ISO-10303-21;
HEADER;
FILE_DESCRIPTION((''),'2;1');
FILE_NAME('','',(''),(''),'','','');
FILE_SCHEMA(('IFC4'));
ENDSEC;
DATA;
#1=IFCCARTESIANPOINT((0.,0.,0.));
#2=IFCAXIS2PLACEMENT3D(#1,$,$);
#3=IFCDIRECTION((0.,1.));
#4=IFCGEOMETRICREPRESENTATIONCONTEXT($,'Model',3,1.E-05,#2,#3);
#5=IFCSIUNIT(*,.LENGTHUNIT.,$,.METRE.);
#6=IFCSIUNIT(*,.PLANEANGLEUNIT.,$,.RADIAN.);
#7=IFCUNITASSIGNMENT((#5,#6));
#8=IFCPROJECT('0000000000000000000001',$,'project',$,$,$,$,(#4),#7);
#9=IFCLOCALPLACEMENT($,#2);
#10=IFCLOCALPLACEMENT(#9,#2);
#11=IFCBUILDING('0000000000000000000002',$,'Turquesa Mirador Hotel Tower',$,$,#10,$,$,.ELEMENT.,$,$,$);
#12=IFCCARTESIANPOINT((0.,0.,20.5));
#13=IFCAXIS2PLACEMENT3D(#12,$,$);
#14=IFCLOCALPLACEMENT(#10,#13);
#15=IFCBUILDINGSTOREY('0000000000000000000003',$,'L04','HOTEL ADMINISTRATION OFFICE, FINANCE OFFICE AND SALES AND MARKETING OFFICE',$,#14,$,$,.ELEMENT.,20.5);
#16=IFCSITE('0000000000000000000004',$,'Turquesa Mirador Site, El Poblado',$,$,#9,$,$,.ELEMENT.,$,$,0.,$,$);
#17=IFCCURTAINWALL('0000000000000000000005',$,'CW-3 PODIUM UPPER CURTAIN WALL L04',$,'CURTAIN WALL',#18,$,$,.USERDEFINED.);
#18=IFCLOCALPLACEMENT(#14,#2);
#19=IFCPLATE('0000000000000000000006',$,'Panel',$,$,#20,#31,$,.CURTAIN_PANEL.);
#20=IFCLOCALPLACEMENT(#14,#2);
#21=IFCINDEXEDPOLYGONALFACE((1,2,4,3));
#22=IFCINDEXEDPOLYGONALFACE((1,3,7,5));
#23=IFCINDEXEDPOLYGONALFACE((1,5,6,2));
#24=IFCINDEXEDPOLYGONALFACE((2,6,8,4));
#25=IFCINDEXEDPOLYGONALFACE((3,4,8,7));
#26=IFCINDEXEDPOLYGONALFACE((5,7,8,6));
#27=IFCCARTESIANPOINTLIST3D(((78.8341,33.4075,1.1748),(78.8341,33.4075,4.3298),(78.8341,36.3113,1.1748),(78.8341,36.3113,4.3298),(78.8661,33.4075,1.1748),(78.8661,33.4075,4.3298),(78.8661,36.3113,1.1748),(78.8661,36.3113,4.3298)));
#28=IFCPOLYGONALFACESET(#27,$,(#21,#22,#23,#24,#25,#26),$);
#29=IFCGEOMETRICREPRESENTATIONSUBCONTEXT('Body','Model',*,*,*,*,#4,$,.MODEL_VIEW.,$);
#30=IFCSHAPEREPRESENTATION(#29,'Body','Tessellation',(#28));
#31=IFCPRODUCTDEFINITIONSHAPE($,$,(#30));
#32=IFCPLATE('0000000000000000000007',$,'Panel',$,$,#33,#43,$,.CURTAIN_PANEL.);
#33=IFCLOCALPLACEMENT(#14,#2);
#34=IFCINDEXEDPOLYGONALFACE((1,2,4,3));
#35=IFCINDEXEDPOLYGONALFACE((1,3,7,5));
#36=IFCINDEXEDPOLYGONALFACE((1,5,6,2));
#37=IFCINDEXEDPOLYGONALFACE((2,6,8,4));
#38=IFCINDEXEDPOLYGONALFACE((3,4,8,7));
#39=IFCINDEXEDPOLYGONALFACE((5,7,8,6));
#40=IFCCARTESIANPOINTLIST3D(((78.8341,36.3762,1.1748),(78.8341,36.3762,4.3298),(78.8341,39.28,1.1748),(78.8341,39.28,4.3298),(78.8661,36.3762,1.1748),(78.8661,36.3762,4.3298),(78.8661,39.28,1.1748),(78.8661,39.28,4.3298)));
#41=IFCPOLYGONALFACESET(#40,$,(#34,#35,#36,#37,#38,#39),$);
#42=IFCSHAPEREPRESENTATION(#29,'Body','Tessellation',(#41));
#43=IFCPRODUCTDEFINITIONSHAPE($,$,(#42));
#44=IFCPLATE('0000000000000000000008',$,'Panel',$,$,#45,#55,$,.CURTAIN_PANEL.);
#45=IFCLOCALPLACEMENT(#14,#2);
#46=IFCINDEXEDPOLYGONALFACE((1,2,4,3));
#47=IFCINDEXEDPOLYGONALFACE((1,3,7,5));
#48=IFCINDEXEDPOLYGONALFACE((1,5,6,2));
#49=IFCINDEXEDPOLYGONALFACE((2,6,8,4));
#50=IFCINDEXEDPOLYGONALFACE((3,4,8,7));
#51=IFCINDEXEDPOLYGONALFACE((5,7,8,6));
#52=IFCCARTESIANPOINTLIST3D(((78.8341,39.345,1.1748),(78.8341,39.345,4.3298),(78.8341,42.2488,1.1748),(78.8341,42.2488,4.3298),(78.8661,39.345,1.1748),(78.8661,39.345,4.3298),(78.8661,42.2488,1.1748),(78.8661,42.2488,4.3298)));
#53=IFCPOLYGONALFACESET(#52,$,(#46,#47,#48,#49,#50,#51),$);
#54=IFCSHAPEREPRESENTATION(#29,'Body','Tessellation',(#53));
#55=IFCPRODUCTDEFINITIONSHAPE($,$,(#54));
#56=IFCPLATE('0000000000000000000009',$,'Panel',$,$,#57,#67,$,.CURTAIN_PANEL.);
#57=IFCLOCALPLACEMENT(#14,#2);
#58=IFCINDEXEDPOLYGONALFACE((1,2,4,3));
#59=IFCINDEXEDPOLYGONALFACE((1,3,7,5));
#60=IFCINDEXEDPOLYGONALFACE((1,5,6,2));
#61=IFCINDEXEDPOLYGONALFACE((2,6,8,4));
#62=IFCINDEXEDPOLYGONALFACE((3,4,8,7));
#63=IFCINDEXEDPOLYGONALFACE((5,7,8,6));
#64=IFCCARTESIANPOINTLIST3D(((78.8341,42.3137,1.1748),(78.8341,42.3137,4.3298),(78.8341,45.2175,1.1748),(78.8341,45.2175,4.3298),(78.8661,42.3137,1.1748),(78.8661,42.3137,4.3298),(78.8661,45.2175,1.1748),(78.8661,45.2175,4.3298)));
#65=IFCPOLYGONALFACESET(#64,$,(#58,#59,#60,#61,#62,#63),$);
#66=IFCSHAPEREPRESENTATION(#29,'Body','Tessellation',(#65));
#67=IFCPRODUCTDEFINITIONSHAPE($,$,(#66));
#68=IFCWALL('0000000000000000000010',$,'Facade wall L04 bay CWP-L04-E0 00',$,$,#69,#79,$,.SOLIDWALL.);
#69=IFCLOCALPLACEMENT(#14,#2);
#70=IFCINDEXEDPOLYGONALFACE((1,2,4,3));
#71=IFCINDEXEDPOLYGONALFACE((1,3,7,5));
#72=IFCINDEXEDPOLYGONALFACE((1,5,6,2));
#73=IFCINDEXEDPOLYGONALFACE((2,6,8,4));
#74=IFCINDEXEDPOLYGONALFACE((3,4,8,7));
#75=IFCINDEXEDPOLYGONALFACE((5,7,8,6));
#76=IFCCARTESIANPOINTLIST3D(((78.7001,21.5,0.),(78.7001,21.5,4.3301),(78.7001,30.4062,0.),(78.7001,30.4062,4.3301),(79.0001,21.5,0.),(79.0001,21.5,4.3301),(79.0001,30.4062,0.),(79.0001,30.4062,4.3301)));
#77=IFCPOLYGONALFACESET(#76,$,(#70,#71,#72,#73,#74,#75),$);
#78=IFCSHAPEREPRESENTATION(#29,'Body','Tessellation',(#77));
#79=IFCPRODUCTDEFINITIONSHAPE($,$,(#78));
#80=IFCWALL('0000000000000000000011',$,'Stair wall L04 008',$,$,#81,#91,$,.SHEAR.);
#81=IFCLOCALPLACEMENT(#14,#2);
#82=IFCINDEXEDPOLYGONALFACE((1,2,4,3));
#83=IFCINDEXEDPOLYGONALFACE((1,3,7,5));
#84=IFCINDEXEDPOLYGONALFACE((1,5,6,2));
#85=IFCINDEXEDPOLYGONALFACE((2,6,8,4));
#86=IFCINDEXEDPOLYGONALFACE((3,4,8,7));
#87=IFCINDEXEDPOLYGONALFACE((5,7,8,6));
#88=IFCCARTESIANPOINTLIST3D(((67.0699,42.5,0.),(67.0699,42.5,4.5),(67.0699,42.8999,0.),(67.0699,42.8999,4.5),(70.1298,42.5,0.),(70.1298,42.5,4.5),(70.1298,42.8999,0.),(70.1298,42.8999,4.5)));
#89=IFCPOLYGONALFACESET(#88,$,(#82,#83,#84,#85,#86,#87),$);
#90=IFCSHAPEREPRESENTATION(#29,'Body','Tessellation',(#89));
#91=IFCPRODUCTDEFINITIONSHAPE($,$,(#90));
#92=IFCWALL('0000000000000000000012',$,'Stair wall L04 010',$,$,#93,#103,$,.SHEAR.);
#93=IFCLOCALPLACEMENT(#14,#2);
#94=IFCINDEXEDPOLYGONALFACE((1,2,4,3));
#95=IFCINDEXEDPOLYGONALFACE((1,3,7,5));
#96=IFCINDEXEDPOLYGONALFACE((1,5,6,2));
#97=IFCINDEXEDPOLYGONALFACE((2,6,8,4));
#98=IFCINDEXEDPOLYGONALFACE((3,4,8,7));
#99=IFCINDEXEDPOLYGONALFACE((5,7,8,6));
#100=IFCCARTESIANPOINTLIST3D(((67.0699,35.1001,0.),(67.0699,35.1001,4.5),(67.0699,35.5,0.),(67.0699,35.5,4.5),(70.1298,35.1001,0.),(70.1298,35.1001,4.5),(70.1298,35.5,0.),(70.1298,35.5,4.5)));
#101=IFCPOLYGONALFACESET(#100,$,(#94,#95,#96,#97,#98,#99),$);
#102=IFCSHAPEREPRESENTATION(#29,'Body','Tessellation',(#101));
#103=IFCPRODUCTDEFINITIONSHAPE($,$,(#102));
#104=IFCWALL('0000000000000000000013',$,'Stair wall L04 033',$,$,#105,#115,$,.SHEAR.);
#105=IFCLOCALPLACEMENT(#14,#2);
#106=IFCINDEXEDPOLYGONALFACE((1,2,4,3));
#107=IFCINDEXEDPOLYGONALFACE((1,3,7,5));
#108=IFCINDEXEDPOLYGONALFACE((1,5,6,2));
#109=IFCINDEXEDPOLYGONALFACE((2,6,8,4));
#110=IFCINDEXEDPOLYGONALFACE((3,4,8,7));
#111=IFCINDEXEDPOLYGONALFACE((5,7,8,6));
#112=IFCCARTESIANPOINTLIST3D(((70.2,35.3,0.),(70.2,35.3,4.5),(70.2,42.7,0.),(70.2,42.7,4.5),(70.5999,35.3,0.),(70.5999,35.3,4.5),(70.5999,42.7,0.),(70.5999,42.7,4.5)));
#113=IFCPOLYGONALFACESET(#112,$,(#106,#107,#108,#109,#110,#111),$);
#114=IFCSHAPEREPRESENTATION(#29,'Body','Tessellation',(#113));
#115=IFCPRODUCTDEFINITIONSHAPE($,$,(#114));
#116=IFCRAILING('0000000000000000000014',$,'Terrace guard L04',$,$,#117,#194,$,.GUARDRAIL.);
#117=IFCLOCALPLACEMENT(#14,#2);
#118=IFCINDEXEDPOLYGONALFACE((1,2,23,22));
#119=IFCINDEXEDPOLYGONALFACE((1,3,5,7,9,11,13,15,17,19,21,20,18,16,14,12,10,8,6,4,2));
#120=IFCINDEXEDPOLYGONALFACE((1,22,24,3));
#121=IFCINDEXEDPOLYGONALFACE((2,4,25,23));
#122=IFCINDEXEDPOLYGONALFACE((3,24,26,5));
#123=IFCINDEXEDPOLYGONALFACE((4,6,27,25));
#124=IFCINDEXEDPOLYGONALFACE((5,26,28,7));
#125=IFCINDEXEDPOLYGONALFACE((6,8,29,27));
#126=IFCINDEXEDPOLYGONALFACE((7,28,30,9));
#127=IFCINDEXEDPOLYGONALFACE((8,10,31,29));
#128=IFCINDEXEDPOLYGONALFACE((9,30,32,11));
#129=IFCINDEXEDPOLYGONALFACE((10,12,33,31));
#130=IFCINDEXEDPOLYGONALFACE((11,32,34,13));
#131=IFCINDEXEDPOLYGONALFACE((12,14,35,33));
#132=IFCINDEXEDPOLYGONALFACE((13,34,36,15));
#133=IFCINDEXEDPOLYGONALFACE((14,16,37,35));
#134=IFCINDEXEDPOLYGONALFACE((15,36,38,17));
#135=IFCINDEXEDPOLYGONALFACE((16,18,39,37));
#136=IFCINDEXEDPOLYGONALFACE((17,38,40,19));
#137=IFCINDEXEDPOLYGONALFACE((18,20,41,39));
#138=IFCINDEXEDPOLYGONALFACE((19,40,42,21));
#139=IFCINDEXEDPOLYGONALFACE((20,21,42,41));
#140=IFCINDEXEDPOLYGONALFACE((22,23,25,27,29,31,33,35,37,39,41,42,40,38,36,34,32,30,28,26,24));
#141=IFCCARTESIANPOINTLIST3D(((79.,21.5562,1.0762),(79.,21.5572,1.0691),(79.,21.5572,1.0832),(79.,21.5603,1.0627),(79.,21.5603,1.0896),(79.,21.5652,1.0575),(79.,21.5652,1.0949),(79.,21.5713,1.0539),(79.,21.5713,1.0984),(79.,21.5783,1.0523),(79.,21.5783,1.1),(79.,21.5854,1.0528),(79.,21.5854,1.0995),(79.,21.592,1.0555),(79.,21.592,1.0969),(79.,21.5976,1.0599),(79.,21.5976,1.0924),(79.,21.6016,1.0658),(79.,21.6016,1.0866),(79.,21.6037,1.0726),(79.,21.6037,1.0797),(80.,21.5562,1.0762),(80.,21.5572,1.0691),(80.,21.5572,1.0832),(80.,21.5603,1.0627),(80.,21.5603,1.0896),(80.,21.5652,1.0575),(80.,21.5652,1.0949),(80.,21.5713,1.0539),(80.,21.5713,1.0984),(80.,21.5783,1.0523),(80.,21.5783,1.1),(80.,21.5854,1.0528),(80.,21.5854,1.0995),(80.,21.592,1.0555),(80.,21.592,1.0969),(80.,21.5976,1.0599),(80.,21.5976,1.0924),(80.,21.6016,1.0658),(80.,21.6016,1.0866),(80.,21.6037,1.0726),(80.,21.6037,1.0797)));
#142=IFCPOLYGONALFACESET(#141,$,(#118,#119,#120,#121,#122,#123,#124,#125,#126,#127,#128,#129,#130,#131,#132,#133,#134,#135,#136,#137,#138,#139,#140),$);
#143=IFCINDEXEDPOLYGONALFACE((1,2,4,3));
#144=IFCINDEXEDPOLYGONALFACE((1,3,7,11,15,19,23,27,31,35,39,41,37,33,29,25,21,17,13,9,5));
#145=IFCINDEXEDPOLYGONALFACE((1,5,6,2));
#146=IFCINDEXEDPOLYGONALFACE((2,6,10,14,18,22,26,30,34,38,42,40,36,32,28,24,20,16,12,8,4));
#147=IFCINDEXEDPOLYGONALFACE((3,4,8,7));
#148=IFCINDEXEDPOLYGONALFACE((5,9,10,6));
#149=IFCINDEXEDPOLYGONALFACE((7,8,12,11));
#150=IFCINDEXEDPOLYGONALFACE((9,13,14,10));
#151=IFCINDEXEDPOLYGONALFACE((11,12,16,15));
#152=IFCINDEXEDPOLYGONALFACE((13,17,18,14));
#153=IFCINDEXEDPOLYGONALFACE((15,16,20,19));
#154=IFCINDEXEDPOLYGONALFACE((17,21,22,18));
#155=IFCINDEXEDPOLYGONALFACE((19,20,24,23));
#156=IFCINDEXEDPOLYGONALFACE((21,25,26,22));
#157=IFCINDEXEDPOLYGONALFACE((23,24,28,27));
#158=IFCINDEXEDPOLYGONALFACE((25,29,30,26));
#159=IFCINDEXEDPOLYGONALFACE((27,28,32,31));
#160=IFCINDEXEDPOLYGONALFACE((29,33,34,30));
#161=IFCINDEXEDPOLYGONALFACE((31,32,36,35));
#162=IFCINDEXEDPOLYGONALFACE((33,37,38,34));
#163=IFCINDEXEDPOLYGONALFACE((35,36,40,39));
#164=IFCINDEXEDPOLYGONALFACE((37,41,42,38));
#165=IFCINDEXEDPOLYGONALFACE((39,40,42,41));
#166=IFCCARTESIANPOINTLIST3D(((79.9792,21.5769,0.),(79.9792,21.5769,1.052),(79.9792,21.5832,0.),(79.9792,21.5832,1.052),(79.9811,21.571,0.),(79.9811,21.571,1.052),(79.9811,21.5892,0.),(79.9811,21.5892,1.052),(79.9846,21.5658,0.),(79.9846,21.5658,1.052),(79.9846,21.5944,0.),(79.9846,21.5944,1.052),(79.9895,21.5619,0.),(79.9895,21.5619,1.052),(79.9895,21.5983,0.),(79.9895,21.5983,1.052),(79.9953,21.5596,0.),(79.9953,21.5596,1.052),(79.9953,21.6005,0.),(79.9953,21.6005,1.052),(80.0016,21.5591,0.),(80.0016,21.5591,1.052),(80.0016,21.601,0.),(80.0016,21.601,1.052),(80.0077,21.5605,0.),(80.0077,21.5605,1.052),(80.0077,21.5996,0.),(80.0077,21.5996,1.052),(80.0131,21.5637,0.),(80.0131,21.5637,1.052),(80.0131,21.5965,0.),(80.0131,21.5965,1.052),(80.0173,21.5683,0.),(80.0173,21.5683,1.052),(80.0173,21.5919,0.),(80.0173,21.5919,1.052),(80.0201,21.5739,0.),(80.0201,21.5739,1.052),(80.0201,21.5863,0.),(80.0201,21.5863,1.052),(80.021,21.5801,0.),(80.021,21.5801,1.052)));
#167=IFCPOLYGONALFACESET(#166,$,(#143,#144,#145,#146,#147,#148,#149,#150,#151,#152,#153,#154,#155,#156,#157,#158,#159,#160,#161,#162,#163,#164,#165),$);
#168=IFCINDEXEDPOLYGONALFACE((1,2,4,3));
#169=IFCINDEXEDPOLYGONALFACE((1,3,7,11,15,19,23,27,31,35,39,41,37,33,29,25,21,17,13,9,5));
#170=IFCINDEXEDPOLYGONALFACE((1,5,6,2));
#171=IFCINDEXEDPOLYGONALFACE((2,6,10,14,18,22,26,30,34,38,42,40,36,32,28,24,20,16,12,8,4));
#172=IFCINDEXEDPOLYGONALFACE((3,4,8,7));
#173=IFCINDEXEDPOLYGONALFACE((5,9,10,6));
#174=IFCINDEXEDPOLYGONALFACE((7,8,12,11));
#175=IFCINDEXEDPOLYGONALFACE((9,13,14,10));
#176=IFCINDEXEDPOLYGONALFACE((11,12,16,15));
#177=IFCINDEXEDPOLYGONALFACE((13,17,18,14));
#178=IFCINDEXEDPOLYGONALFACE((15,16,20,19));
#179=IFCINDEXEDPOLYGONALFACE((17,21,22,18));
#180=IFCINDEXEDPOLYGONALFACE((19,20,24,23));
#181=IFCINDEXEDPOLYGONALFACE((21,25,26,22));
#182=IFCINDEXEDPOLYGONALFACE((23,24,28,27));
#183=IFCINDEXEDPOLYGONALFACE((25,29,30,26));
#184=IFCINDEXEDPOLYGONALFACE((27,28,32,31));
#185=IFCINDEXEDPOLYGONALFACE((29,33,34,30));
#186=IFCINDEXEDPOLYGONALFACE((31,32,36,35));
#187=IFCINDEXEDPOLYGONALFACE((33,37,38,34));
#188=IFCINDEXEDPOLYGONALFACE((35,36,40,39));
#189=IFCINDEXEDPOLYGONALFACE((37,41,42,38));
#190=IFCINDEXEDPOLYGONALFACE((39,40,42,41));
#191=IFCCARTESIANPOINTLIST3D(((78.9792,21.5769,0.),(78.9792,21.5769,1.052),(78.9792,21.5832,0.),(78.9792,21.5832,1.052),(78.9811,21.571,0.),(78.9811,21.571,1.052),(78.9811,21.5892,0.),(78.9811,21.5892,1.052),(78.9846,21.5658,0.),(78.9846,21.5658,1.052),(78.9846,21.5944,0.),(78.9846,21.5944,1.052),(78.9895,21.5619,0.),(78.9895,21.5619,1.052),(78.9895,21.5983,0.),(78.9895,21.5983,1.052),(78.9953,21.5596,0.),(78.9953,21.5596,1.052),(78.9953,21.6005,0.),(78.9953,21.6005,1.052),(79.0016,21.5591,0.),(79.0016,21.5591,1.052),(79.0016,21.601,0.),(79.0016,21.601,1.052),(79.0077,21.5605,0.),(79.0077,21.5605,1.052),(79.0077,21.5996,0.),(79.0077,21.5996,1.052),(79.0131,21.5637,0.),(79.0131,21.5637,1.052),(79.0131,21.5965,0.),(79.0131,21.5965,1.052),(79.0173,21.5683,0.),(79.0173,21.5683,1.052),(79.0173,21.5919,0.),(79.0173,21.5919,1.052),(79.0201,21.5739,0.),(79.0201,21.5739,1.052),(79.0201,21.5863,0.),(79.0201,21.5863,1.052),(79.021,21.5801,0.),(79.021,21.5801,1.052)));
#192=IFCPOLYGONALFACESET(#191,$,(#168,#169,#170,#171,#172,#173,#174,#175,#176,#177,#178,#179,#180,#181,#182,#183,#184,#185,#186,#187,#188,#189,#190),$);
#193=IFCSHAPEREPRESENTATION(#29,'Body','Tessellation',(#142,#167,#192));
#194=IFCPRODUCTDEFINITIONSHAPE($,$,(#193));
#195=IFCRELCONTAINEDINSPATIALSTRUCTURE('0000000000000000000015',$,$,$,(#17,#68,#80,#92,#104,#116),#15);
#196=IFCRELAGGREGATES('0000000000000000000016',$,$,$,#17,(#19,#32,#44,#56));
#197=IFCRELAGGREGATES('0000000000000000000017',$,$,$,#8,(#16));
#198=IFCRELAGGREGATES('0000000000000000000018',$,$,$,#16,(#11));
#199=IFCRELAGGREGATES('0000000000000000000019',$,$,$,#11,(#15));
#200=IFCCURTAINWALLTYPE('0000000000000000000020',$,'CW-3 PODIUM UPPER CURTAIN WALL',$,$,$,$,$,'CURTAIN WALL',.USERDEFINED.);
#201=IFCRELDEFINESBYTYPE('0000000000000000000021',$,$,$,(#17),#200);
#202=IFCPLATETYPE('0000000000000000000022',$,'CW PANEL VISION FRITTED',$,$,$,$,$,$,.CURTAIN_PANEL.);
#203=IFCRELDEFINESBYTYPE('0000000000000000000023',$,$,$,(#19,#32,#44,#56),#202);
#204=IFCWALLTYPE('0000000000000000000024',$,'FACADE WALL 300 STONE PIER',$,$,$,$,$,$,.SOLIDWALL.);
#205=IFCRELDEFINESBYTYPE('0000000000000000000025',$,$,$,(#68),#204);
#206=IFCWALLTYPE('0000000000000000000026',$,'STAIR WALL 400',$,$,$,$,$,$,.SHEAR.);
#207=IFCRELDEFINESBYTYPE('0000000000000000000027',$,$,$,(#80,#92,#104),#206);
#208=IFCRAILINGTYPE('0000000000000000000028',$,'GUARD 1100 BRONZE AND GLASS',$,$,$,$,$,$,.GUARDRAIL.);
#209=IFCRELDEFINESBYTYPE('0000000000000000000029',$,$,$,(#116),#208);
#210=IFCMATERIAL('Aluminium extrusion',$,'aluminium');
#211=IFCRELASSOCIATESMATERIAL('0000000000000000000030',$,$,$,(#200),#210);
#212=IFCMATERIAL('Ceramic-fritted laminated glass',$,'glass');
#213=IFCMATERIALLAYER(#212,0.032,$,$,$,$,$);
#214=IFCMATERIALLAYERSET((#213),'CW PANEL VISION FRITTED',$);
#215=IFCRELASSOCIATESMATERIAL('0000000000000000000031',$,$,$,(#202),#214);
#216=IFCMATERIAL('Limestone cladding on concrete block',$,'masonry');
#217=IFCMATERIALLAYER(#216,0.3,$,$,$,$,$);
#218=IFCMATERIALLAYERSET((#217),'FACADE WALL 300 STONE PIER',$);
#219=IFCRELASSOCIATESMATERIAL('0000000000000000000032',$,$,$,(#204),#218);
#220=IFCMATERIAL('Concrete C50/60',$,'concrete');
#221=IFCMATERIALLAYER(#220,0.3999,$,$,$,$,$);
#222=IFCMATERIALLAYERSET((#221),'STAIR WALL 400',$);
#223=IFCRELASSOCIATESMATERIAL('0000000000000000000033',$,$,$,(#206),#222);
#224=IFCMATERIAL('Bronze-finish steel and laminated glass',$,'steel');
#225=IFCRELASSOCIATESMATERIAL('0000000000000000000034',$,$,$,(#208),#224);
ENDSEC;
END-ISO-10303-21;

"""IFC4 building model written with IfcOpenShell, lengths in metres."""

from ifc_helpers import new_model, si_unit, direction, frame, frame_2d, origin, origin_2d, place, context, subcontext, project, spatial, rectangle, circle, extrude, material, layer, layer_set, type_object, element, aggregate, save


model = new_model("IFC4")

# Units and contexts
model_context = context("Model", 3, precision=1e-05, world=origin(), true_north=direction((0.0, 1.0)))
body_context = subcontext(model_context, "Body", "Model", "MODEL_VIEW")
ifc_project = project(units=[si_unit("LENGTHUNIT", "METRE"), si_unit("PLANEANGLEUNIT", "RADIAN")], contexts=[model_context])

# Site, building, storey
site_placement = place(None, origin())
site = spatial("IfcSite", under=ifc_project, at=site_placement, Name="Turquesa Mirador Site, El Poblado", CompositionType="ELEMENT", RefElevation=0.0)
building_placement = place(site_placement, origin())
building = spatial("IfcBuilding", under=site, at=building_placement, Name="Turquesa Mirador Hotel Tower", CompositionType="ELEMENT")
storey_placement = place(building_placement, frame((0.0, 0.0, 20.5)))
storey = spatial("IfcBuildingStorey", under=building, at=storey_placement, Name="L04", Description="HOTEL ADMINISTRATION OFFICE, FINANCE OFFICE AND SALES AND MARKETING OFFICE", CompositionType="ELEMENT", Elevation=20.5)

# Curtain wall
ifc_material_1 = material(Name="Aluminium extrusion", Category="aluminium")
curtain_wall_type = type_object("IfcCurtainWallType", Name="CW-3 PODIUM UPPER CURTAIN WALL", ElementType="CURTAIN WALL", PredefinedType="USERDEFINED", material=ifc_material_1)
curtain_wall_1_placement = place(storey_placement, origin())
curtain_wall_1 = element("IfcCurtainWall", 1, at=curtain_wall_1_placement, inside=storey, type_object=curtain_wall_type, Name="CW-3 PODIUM UPPER CURTAIN WALL L04", ObjectType="CURTAIN WALL", PredefinedType="USERDEFINED")

# Plates
ifc_material_2 = material(Name="Ceramic-fritted laminated glass", Category="glass")
ifc_layer_1 = layer(ifc_material_2, 0.032)
ifc_layer_set_1 = layer_set([ifc_layer_1], Name="CW PANEL VISION FRITTED")
plate_type_1 = type_object("IfcPlateType", Name="CW PANEL VISION FRITTED", PredefinedType="CURTAIN_PANEL", material=ifc_layer_set_1)
plate_1_placement = place(storey_placement, frame((78.8501, 34.8594, 1.1748), z_axis=(0.0, 0.0, 1.0), x_axis=(0.0, 1.0, 0.0)))
plate_1 = element("IfcPlate", 2, at=plate_1_placement, type_object=plate_type_1, Name="Panel", PredefinedType="CURTAIN_PANEL", context=body_context, shape_type="SweptSolid", body=[
    extrude(rectangle(XDim=2.9038, YDim=0.032, at=origin_2d()), origin(), (0.0, 0.0, 1.0), 3.155),
])
plate_2_placement = place(storey_placement, frame((78.8501, 37.8281, 1.1748), z_axis=(0.0, 0.0, 1.0), x_axis=(0.0, 1.0, 0.0)))
plate_2 = element("IfcPlate", 3, at=plate_2_placement, type_object=plate_type_1, Name="Panel", PredefinedType="CURTAIN_PANEL", context=body_context, shape_type="SweptSolid", body=[
    extrude(rectangle(XDim=2.9038, YDim=0.032, at=origin_2d()), origin(), (0.0, 0.0, 1.0), 3.155),
])
plate_3_placement = place(storey_placement, frame((78.8501, 40.7969, 1.1748), z_axis=(0.0, 0.0, 1.0), x_axis=(0.0, 1.0, 0.0)))
plate_3 = element("IfcPlate", 4, at=plate_3_placement, type_object=plate_type_1, Name="Panel", PredefinedType="CURTAIN_PANEL", context=body_context, shape_type="SweptSolid", body=[
    extrude(rectangle(XDim=2.9038, YDim=0.032, at=origin_2d()), origin(), (0.0, 0.0, 1.0), 3.155),
])
plate_4_placement = place(storey_placement, frame((78.8501, 43.7656, 1.1748), z_axis=(0.0, 0.0, 1.0), x_axis=(0.0, 1.0, 0.0)))
plate_4 = element("IfcPlate", 5, at=plate_4_placement, type_object=plate_type_1, Name="Panel", PredefinedType="CURTAIN_PANEL", context=body_context, shape_type="SweptSolid", body=[
    extrude(rectangle(XDim=2.9038, YDim=0.032, at=origin_2d()), origin(), (0.0, 0.0, 1.0), 3.155),
])
aggregate(curtain_wall_1, [plate_1, plate_2, plate_3, plate_4])

# Walls
ifc_material_3 = material(Name="Limestone cladding on concrete block", Category="masonry")
ifc_layer_2 = layer(ifc_material_3, 0.3)
ifc_layer_set_2 = layer_set([ifc_layer_2], Name="FACADE WALL 300 STONE PIER")
wall_type_1 = type_object("IfcWallType", Name="FACADE WALL 300 STONE PIER", PredefinedType="SOLIDWALL", material=ifc_layer_set_2)
wall_1_placement = place(storey_placement, frame((78.8501, 21.5, 0.0), z_axis=(0.0, 0.0, 1.0), x_axis=(0.0, 1.0, 0.0)))
element("IfcWall", 6, at=wall_1_placement, inside=storey, type_object=wall_type_1, Name="Facade wall L04 bay CWP-L04-E0 00", PredefinedType="SOLIDWALL", context=body_context, shape_type="SweptSolid", body=[
    extrude(rectangle(XDim=8.9062, YDim=0.3, at=frame_2d((4.4531, 0.0))), origin(), (0.0, 0.0, 1.0), 4.3301),
])
ifc_material_4 = material(Name="Concrete C50/60", Category="concrete")
ifc_layer_3 = layer(ifc_material_4, 0.3999)
ifc_layer_set_3 = layer_set([ifc_layer_3], Name="STAIR WALL 400")
wall_type_2 = type_object("IfcWallType", Name="STAIR WALL 400", PredefinedType="SHEAR", material=ifc_layer_set_3)
for number, where, z_axis, x_axis, name in (
    (7, (67.0701, 42.7, 0.0), (0.0, 0.0, 1.0), (1.0, 0.0, 0.0), "Stair wall L04 008"),
    (8, (67.0701, 35.3, 0.0), (0.0, 0.0, 1.0), (1.0, 0.0, 0.0), "Stair wall L04 010"),
):
    element("IfcWall", number, at=place(storey_placement, frame(where, z_axis=z_axis, x_axis=x_axis)), inside=storey, type_object=wall_type_2, Name=name, PredefinedType="SHEAR", context=body_context, shape_type="SweptSolid", body=[
        extrude(rectangle(XDim=3.0598, YDim=0.3999, at=frame_2d((1.5298, 0.0))), origin(), (0.0, 0.0, 1.0), 4.5),
    ])
wall_2_placement = place(storey_placement, frame((70.3999, 35.3, 0.0), z_axis=(0.0, 0.0, 1.0), x_axis=(0.0, 1.0, 0.0)))
element("IfcWall", 9, at=wall_2_placement, inside=storey, type_object=wall_type_2, Name="Stair wall L04 033", PredefinedType="SHEAR", context=body_context, shape_type="SweptSolid", body=[
    extrude(rectangle(XDim=7.3999, YDim=0.3999, at=frame_2d((3.7, 0.0))), origin(), (0.0, 0.0, 1.0), 4.5),
])

# Railing
ifc_material_5 = material(Name="Bronze-finish steel and laminated glass", Category="steel")
railing_type = type_object("IfcRailingType", Name="GUARD 1100 BRONZE AND GLASS", PredefinedType="GUARDRAIL", material=ifc_material_5)
railing_1_placement = place(storey_placement, frame((80.0, 21.5801, 0.0)))
element("IfcRailing", 10, at=railing_1_placement, inside=storey, type_object=railing_type, Name="Terrace guard L04", PredefinedType="GUARDRAIL", context=body_context, shape_type="SweptSolid", body=[
    extrude(circle(Radius=0.0239, at=origin_2d()), frame((0.0, 0.0, 1.0762), z_axis=(-1.0, 0.0, 0.0), x_axis=(0.0, -1.0, 0.0)), (0.0, 0.0, 1.0), 1.0),
    extrude(circle(Radius=0.021, at=origin_2d()), origin(), (0.0, 0.0, 1.0), 1.052),
    extrude(circle(Radius=0.021, at=origin_2d()), frame((-1.0, 0.0, 0.0)), (0.0, 0.0, 1.0), 1.052),
])

save(model, "model.ifc")
